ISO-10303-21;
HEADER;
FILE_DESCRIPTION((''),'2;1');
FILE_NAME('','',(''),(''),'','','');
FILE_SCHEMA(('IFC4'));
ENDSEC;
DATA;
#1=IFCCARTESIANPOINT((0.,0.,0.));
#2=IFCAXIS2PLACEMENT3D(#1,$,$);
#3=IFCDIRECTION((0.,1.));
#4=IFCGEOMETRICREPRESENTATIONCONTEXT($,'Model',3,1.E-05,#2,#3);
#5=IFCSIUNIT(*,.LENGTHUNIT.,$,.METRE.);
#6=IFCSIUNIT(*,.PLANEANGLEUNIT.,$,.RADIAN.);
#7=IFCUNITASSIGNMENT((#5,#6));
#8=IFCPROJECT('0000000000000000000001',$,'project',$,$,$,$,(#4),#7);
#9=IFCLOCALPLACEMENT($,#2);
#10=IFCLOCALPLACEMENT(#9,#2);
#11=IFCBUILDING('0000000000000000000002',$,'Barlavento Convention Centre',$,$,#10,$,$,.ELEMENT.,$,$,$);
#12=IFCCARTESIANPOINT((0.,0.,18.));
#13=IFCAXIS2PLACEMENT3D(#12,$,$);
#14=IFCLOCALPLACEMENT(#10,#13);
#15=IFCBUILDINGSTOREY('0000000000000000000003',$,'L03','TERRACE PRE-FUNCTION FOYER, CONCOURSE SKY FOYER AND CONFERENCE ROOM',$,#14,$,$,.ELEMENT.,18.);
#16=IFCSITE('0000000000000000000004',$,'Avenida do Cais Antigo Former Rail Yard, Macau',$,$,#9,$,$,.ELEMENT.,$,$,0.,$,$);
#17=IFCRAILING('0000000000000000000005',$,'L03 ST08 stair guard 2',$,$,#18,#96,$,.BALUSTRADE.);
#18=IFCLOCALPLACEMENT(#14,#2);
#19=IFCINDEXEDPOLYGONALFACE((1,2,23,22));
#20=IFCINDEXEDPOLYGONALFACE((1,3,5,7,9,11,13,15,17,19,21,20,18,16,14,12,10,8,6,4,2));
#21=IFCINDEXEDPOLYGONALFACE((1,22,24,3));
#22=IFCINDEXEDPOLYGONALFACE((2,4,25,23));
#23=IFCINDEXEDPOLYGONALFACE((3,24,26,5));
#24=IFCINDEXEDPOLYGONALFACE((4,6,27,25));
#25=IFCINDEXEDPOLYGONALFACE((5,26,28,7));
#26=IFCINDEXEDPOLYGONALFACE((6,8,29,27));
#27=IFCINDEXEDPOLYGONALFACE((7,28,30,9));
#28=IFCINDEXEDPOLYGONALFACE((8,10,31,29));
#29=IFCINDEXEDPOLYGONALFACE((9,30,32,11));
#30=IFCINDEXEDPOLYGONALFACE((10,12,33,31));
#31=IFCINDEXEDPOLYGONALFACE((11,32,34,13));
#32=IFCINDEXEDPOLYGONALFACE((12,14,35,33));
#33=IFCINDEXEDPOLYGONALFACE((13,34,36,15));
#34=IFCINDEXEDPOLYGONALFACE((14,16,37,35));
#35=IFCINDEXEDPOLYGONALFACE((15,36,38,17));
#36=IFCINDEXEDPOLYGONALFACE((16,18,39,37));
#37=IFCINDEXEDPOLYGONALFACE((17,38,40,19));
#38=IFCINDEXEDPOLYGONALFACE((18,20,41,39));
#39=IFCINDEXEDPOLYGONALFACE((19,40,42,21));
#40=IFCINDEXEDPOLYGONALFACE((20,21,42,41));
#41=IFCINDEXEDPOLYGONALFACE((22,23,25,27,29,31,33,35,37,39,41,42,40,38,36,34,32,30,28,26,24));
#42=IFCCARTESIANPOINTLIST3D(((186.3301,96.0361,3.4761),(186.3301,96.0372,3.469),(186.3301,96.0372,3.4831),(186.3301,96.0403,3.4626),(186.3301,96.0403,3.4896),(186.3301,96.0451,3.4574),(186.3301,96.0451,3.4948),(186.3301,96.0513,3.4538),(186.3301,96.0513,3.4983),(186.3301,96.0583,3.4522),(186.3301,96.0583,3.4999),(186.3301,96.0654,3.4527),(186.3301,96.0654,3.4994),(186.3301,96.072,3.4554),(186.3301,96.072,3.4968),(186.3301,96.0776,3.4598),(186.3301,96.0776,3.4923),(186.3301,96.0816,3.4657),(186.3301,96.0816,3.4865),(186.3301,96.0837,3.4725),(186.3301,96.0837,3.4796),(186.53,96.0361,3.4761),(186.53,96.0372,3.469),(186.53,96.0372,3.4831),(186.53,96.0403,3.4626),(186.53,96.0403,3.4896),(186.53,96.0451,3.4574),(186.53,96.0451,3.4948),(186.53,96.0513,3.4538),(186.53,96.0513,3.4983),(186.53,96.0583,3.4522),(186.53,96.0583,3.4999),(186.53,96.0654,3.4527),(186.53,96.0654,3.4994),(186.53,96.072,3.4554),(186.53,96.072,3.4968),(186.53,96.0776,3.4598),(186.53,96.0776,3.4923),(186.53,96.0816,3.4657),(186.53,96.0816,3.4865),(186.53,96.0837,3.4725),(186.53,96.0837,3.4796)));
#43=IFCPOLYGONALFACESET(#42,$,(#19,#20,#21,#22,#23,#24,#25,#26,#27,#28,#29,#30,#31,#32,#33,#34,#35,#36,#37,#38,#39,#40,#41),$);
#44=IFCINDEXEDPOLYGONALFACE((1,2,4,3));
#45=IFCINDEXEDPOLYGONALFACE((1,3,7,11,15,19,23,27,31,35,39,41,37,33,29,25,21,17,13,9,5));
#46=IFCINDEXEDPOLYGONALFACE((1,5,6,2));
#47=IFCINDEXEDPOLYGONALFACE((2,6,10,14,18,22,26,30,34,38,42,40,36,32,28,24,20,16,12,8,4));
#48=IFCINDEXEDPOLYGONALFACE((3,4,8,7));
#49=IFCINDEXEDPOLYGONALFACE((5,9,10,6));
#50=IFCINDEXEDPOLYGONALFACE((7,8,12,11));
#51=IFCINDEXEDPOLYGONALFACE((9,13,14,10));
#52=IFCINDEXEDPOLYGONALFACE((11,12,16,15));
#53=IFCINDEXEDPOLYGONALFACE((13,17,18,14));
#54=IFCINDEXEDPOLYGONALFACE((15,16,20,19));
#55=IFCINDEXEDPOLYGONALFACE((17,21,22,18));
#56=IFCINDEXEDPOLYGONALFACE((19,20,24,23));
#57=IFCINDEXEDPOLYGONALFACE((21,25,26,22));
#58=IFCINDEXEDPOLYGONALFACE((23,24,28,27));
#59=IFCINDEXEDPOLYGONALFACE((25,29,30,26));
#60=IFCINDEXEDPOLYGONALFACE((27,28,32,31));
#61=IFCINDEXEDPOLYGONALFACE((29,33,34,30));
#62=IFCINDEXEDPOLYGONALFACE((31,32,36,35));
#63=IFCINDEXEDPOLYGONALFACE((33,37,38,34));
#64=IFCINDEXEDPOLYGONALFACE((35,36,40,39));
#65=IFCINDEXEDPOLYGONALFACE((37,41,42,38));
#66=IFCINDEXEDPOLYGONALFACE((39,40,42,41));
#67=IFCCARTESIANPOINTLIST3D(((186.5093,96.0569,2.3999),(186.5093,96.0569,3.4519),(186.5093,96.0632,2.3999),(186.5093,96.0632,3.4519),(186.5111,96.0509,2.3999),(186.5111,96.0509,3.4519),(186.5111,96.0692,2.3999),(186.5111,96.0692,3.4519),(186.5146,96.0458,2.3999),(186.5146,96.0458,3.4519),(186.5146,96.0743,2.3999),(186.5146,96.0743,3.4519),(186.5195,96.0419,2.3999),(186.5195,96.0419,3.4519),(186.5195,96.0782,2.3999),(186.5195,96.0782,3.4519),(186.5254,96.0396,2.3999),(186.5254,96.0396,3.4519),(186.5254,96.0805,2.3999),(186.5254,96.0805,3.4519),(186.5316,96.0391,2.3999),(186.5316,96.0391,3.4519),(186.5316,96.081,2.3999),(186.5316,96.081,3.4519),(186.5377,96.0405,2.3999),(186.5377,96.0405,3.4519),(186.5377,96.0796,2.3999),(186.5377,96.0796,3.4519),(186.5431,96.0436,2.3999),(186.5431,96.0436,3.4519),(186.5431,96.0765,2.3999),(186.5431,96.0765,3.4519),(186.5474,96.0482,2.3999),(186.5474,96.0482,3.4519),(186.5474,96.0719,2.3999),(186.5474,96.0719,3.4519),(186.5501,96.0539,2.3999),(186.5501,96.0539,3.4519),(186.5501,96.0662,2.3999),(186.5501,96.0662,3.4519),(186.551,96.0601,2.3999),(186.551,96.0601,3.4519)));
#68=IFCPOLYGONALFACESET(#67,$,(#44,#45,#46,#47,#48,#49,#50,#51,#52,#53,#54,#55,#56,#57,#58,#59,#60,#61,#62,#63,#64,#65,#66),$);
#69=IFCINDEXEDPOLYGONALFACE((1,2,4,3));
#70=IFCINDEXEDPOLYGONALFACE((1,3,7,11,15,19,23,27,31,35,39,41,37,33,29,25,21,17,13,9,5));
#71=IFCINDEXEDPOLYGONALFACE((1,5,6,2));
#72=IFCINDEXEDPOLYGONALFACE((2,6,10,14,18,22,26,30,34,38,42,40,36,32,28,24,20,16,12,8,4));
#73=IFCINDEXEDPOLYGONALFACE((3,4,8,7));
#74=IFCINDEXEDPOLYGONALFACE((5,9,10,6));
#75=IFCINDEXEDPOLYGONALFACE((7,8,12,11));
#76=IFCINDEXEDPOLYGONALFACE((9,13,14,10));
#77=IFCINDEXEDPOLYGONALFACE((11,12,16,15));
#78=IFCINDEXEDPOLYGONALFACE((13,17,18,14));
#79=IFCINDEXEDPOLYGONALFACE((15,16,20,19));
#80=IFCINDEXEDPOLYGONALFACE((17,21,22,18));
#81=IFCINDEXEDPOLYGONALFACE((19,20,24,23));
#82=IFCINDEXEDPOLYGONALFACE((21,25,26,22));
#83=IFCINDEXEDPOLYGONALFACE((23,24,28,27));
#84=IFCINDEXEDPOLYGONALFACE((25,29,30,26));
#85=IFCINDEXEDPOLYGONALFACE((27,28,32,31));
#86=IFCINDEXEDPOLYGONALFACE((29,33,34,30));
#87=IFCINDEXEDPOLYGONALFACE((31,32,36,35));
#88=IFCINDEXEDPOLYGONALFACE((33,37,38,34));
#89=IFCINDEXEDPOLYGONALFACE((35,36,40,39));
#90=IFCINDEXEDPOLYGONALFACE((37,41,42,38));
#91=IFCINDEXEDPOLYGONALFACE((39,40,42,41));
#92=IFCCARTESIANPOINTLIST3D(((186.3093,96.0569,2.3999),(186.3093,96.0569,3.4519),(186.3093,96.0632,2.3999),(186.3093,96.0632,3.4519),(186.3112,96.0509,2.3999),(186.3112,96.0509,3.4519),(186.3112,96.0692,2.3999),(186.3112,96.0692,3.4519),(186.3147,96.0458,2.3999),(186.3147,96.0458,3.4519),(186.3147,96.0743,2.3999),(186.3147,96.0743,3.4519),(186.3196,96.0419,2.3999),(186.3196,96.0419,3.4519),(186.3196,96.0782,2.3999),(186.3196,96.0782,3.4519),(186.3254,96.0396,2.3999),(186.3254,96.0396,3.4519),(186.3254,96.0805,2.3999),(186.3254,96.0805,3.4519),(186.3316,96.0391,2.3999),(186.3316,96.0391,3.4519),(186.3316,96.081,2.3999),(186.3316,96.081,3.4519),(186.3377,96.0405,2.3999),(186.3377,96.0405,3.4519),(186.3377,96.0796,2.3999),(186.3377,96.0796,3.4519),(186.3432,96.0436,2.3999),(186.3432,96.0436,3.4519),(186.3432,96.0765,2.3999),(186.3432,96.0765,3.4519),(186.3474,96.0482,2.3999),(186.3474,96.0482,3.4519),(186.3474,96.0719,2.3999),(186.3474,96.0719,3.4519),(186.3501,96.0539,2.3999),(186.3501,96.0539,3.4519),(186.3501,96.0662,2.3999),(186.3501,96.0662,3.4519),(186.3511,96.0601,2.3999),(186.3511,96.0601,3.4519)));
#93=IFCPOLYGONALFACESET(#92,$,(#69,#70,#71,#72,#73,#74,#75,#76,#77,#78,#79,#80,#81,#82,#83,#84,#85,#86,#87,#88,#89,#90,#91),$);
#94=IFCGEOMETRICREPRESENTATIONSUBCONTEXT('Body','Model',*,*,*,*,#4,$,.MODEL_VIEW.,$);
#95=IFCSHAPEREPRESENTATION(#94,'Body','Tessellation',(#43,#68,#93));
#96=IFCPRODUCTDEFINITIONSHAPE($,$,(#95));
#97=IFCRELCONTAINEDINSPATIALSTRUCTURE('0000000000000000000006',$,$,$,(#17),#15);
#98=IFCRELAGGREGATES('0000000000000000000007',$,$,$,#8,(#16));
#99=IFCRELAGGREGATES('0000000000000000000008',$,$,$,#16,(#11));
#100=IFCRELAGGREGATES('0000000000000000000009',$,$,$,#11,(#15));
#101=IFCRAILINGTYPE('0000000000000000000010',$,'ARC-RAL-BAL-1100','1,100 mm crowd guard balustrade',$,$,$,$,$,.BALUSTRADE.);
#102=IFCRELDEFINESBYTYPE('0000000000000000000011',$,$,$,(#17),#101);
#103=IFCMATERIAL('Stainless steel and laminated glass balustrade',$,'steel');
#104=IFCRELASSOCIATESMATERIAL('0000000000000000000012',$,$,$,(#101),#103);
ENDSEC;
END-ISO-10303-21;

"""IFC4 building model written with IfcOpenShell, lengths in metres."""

from ifc_helpers import new_model, si_unit, direction, frame, origin, origin_2d, place, context, subcontext, project, spatial, circle, extrude, material, type_object, element, save


model = new_model("IFC4")

# Units and contexts
model_context = context("Model", 3, precision=1e-05, world=origin(), true_north=direction((0.0, 1.0)))
body_context = subcontext(model_context, "Body", "Model", "MODEL_VIEW")
ifc_project = project(units=[si_unit("LENGTHUNIT", "METRE"), si_unit("PLANEANGLEUNIT", "RADIAN")], contexts=[model_context])

# Site, building, storey
site_placement = place(None, origin())
site = spatial("IfcSite", under=ifc_project, at=site_placement, Name="Avenida do Cais Antigo Former Rail Yard, Macau", CompositionType="ELEMENT", RefElevation=0.0)
building_placement = place(site_placement, origin())
building = spatial("IfcBuilding", under=site, at=building_placement, Name="Barlavento Convention Centre", CompositionType="ELEMENT")
storey_placement = place(building_placement, frame((0.0, 0.0, 18.0)))
storey = spatial("IfcBuildingStorey", under=building, at=storey_placement, Name="L03", Description="TERRACE PRE-FUNCTION FOYER, CONCOURSE SKY FOYER AND CONFERENCE ROOM", CompositionType="ELEMENT", Elevation=18.0)

# Railing
ifc_material_1 = material(Name="Stainless steel and laminated glass balustrade", Category="steel")
railing_type_1 = type_object("IfcRailingType", Name="ARC-RAL-BAL-1100", Description="1,100 mm crowd guard balustrade", PredefinedType="BALUSTRADE", material=ifc_material_1)
railing_1_placement = place(storey_placement, frame((186.53, 96.0601, 2.3999)))
element("IfcRailing", 1, at=railing_1_placement, inside=storey, type_object=railing_type_1, Name="L03 ST08 stair guard 2", PredefinedType="BALUSTRADE", context=body_context, shape_type="SweptSolid", body=[
    extrude(circle(Radius=0.0239, at=origin_2d()), frame((0.0, 0.0, 1.0762), z_axis=(-1.0, 0.0, 0.0), x_axis=(0.0, -1.0, 0.0)), (0.0, 0.0, 1.0), 0.2),
    extrude(circle(Radius=0.021, at=origin_2d()), origin(), (0.0, 0.0, 1.0), 1.052),
    extrude(circle(Radius=0.021, at=origin_2d()), frame((-0.2, 0.0, 0.0)), (0.0, 0.0, 1.0), 1.052),
])

save(model, "model.ifc")
